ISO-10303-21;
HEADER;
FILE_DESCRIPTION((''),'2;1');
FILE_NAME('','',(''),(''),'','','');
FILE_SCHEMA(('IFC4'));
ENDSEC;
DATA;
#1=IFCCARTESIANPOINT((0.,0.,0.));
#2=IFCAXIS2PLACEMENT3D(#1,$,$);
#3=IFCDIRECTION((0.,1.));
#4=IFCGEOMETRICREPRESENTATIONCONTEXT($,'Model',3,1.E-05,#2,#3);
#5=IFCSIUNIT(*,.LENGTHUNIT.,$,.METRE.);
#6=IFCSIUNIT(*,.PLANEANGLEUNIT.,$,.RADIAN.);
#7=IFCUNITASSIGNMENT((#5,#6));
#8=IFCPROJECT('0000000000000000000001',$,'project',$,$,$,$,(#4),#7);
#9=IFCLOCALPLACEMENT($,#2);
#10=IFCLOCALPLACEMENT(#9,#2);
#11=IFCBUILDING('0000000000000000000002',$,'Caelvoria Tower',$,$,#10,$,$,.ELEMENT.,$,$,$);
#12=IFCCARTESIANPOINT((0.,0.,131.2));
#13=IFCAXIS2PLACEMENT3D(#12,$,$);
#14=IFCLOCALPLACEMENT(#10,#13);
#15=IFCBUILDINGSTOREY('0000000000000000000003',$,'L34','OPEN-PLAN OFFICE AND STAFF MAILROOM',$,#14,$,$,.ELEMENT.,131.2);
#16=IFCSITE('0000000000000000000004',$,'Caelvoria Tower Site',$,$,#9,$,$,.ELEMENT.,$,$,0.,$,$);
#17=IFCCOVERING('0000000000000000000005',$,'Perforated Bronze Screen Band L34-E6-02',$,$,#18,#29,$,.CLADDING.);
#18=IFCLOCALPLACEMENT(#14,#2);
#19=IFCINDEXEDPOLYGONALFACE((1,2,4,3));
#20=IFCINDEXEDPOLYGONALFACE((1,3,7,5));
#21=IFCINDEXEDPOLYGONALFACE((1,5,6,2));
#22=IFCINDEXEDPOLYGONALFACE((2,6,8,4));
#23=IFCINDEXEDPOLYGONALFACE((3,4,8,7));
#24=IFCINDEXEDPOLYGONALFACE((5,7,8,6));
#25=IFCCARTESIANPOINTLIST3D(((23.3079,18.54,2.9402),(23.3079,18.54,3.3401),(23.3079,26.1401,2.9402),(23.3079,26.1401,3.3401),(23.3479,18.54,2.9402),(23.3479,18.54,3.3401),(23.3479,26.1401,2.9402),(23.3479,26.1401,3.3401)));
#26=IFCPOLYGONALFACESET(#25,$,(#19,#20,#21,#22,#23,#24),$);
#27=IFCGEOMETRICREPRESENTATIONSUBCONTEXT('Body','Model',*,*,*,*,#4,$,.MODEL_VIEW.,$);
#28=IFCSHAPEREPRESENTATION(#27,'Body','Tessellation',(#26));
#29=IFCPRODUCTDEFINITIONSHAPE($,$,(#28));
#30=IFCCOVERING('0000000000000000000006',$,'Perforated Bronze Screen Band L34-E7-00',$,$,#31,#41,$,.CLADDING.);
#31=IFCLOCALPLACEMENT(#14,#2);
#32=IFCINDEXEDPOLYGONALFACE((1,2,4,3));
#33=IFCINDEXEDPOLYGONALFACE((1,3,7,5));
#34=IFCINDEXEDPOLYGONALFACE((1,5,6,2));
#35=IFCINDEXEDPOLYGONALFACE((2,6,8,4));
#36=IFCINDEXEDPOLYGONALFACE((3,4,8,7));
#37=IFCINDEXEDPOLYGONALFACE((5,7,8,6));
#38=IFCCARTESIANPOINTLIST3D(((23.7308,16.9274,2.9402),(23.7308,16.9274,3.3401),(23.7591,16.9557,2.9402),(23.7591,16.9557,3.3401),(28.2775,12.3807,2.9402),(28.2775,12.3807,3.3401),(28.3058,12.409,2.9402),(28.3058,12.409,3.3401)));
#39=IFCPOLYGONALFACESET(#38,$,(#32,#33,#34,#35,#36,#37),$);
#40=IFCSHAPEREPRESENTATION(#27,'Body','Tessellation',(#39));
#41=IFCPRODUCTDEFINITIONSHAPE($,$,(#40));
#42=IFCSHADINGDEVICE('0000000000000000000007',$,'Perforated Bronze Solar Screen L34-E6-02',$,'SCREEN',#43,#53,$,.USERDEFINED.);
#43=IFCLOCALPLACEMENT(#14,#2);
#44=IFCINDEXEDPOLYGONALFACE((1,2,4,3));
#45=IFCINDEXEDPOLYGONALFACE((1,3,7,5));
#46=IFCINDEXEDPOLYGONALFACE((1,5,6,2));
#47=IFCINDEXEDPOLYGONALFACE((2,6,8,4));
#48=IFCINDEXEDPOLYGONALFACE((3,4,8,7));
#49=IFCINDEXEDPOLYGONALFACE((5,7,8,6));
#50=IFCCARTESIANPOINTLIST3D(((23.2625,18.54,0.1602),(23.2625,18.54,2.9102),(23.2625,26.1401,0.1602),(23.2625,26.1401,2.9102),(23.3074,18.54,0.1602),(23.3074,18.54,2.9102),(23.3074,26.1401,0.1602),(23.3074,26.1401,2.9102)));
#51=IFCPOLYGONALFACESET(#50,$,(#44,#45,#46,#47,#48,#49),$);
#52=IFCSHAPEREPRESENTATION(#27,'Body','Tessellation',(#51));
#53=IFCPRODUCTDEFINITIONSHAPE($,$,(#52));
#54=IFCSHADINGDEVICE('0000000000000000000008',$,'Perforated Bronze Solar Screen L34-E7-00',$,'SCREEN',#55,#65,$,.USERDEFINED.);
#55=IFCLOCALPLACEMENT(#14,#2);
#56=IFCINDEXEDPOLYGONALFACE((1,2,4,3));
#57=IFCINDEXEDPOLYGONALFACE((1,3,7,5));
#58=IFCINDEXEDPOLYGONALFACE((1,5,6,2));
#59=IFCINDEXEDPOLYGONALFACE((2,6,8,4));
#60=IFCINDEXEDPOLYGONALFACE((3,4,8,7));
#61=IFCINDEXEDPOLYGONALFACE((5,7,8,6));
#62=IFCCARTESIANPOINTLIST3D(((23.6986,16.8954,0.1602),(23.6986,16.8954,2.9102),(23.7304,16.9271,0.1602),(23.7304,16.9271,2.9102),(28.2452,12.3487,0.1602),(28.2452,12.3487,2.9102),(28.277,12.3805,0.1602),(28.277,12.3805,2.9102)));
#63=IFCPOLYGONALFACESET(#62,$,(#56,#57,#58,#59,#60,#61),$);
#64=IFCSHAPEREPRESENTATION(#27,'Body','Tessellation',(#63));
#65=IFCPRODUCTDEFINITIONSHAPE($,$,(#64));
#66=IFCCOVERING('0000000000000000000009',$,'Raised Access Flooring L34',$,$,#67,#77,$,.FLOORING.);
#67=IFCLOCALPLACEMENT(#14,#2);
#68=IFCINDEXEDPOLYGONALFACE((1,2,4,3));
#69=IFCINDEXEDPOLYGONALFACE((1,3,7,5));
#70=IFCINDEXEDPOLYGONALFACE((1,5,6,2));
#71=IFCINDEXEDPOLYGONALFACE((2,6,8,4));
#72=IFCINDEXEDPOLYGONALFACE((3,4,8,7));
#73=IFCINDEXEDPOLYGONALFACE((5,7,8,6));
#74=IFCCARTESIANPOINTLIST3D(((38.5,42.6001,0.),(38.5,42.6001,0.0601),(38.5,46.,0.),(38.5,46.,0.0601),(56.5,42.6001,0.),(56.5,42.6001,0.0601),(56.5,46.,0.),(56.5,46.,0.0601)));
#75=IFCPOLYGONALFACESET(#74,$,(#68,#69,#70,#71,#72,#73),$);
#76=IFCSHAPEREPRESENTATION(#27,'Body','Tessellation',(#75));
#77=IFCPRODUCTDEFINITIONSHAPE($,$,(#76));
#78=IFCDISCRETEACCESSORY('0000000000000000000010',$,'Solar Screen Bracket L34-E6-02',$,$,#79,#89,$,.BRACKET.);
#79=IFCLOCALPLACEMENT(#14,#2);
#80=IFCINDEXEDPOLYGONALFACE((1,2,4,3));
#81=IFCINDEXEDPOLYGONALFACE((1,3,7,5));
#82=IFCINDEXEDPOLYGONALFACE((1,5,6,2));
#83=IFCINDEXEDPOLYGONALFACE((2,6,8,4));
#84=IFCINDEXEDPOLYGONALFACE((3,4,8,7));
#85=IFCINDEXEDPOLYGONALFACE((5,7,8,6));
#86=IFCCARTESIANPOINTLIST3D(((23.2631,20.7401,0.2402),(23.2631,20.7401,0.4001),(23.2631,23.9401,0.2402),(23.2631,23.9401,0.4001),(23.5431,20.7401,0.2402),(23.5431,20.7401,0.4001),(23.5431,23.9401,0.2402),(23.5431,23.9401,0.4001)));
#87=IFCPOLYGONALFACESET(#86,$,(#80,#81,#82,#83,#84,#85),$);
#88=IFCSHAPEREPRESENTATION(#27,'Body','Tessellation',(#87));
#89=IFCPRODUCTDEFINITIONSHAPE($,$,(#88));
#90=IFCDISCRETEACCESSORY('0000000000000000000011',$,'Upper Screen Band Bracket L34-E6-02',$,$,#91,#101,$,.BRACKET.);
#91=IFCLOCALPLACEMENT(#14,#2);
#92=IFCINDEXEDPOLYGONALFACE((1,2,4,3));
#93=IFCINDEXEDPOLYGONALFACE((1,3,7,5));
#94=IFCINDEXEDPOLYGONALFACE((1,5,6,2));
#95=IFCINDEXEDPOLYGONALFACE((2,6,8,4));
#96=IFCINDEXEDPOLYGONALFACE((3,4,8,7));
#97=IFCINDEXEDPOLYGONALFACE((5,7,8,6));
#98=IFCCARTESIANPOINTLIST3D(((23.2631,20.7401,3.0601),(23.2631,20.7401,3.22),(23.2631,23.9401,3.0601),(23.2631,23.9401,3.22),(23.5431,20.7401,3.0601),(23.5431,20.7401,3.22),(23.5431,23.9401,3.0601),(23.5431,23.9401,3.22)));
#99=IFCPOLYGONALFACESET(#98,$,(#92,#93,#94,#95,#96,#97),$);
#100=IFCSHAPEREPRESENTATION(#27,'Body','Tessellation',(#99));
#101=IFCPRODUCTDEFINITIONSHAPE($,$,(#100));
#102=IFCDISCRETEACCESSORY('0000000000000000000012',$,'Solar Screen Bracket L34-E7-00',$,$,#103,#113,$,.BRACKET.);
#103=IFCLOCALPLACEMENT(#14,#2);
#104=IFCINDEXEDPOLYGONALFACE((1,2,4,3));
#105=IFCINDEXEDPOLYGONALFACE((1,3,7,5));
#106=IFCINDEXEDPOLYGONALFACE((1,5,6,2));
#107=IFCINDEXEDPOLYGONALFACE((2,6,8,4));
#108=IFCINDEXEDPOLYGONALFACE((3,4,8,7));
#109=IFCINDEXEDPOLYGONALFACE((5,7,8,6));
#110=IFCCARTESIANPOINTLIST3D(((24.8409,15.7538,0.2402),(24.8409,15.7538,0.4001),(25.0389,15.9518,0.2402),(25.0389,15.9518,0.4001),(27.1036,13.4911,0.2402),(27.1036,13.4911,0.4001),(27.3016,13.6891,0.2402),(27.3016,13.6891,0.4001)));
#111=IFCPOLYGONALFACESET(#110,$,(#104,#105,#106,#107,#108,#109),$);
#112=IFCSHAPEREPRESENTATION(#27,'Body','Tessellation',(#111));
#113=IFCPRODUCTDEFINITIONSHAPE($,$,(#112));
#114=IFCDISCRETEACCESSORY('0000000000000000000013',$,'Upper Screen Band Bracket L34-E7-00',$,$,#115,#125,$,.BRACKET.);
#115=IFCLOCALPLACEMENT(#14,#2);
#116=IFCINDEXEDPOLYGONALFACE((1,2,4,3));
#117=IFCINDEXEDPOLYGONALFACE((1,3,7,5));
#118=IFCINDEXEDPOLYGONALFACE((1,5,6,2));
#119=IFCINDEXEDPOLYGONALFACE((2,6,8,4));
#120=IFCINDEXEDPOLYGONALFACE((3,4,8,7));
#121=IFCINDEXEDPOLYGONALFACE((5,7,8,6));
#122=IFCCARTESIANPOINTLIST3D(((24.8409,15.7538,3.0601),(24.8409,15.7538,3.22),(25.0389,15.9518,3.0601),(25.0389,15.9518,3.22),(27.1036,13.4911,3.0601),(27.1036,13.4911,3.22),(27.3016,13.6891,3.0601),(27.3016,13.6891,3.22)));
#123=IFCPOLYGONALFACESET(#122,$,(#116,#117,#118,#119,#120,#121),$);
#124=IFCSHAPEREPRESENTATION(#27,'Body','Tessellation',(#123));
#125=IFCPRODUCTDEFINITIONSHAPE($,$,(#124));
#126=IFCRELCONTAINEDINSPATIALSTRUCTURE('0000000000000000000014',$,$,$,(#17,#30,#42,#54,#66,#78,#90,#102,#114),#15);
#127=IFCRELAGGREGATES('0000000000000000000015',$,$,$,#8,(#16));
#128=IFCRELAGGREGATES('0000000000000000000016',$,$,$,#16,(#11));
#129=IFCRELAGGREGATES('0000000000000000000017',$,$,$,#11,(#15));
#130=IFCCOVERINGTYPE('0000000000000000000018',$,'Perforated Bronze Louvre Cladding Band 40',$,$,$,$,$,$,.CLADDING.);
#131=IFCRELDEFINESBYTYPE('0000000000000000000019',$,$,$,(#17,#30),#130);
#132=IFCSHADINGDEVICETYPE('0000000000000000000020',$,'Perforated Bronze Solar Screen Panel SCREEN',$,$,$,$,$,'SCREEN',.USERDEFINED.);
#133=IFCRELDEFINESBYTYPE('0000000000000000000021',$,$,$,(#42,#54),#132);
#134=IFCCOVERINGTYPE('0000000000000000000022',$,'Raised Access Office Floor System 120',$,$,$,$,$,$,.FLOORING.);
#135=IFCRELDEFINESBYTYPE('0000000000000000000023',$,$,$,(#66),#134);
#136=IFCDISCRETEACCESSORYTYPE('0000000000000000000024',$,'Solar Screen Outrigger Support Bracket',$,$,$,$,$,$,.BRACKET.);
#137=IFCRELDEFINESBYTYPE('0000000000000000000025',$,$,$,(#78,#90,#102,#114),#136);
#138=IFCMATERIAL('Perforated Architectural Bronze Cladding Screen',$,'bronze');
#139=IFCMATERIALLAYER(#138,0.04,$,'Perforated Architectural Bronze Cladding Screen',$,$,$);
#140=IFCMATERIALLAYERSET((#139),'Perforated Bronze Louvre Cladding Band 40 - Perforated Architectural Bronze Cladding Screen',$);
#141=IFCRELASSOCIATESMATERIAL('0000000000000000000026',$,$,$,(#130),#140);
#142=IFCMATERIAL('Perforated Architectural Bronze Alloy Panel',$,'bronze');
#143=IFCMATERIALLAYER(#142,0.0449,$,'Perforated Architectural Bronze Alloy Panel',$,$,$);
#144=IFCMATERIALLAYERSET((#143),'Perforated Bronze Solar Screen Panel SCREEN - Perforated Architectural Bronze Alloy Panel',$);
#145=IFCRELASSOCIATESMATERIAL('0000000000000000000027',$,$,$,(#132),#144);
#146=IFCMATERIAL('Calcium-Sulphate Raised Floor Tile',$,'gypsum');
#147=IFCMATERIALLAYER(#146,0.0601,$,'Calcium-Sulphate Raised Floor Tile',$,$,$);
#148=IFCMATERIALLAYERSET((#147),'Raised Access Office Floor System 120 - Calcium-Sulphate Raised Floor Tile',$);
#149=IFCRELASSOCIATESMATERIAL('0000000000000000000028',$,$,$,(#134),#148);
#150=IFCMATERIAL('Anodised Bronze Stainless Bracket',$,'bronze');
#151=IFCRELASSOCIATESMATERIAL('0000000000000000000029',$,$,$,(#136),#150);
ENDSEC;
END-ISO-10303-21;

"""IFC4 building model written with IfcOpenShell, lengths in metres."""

from ifc_helpers import new_model, si_unit, direction, frame, origin, origin_2d, place, context, subcontext, project, spatial, polyline, rectangle, outline, extrude, material, layer, layer_set, type_object, element, save


model = new_model("IFC4")

# Units and contexts
model_context = context("Model", 3, precision=1e-05, world=origin(), true_north=direction((0.0, 1.0)))
body_context = subcontext(model_context, "Body", "Model", "MODEL_VIEW")
ifc_project = project(units=[si_unit("LENGTHUNIT", "METRE"), si_unit("PLANEANGLEUNIT", "RADIAN")], contexts=[model_context])

# Site, building, storey
site_placement = place(None, origin())
site = spatial("IfcSite", under=ifc_project, at=site_placement, Name="Caelvoria Tower Site", CompositionType="ELEMENT", RefElevation=0.0)
building_placement = place(site_placement, origin())
building = spatial("IfcBuilding", under=site, at=building_placement, Name="Caelvoria Tower", CompositionType="ELEMENT")
storey_placement = place(building_placement, frame((0.0, 0.0, 131.2)))
storey = spatial("IfcBuildingStorey", under=building, at=storey_placement, Name="L34", Description="OPEN-PLAN OFFICE AND STAFF MAILROOM", CompositionType="ELEMENT", Elevation=131.2)

# Coverings
ifc_material_1 = material(Name="Perforated Architectural Bronze Cladding Screen", Category="bronze")
ifc_layer_1 = layer(ifc_material_1, 0.04, Name="Perforated Architectural Bronze Cladding Screen")
ifc_layer_set_1 = layer_set([ifc_layer_1], Name="Perforated Bronze Louvre Cladding Band 40 - Perforated Architectural Bronze Cladding Screen")
covering_type_1 = type_object("IfcCoveringType", Name="Perforated Bronze Louvre Cladding Band 40", PredefinedType="CLADDING", material=ifc_layer_set_1)
covering_1_placement = place(storey_placement, frame((23.3279, 22.3401, 2.9402), z_axis=(0.0, 0.0, 1.0), x_axis=(0.0, -1.0, 0.0)))
element("IfcCovering", 1, at=covering_1_placement, inside=storey, type_object=covering_type_1, Name="Perforated Bronze Screen Band L34-E6-02", PredefinedType="CLADDING", context=body_context, shape_type="SweptSolid", body=[
    extrude(rectangle(XDim=7.6001, YDim=0.04, at=origin_2d()), origin(), (0.0, 0.0, 1.0), 0.3999),
])
covering_2_placement = place(storey_placement, frame((26.0183, 14.6682, 2.9402), z_axis=(0.0, 0.0, 1.0), x_axis=(0.707107, -0.707107, 0.0)))
element("IfcCovering", 2, at=covering_2_placement, inside=storey, type_object=covering_type_1, Name="Perforated Bronze Screen Band L34-E7-00", PredefinedType="CLADDING", context=body_context, shape_type="SweptSolid", body=[
    extrude(rectangle(XDim=6.4299, YDim=0.04, at=origin_2d()), origin(), (0.0, 0.0, 1.0), 0.3999),
])

# Shading devices
ifc_material_2 = material(Name="Perforated Architectural Bronze Alloy Panel", Category="bronze")
ifc_layer_2 = layer(ifc_material_2, 0.0449, Name="Perforated Architectural Bronze Alloy Panel")
ifc_layer_set_2 = layer_set([ifc_layer_2], Name="Perforated Bronze Solar Screen Panel SCREEN - Perforated Architectural Bronze Alloy Panel")
shading_device_type = type_object("IfcShadingDeviceType", Name="Perforated Bronze Solar Screen Panel SCREEN", ElementType="SCREEN", PredefinedType="USERDEFINED", material=ifc_layer_set_2)
shading_device_1_placement = place(storey_placement, frame((23.2849, 22.3401, 0.1602), z_axis=(0.0, 0.0, 1.0), x_axis=(0.0, -1.0, 0.0)))
element("IfcShadingDevice", 3, at=shading_device_1_placement, inside=storey, type_object=shading_device_type, Name="Perforated Bronze Solar Screen L34-E6-02", ObjectType="SCREEN", PredefinedType="USERDEFINED", context=body_context, shape_type="SweptSolid", body=[
    extrude(rectangle(XDim=7.6001, YDim=0.0449, at=origin_2d()), origin(), (0.0, 0.0, 1.0), 2.75),
])
shading_device_2_placement = place(storey_placement, frame((25.9878, 14.6379, 0.1602), z_axis=(0.0, 0.0, 1.0), x_axis=(0.707107, -0.707107, 0.0)))
element("IfcShadingDevice", 4, at=shading_device_2_placement, inside=storey, type_object=shading_device_type, Name="Perforated Bronze Solar Screen L34-E7-00", ObjectType="SCREEN", PredefinedType="USERDEFINED", context=body_context, shape_type="SweptSolid", body=[
    extrude(rectangle(XDim=6.4299, YDim=0.0449, at=origin_2d()), origin(), (0.0, 0.0, 1.0), 2.75),
])

# Covering
ifc_material_3 = material(Name="Calcium-Sulphate Raised Floor Tile", Category="gypsum")
ifc_layer_3 = layer(ifc_material_3, 0.0601, Name="Calcium-Sulphate Raised Floor Tile")
ifc_layer_set_3 = layer_set([ifc_layer_3], Name="Raised Access Office Floor System 120 - Calcium-Sulphate Raised Floor Tile")
covering_type_2 = type_object("IfcCoveringType", Name="Raised Access Office Floor System 120", PredefinedType="FLOORING", material=ifc_layer_set_3)
covering_3_placement = place(storey_placement, origin())
element("IfcCovering", 5, at=covering_3_placement, inside=storey, type_object=covering_type_2, Name="Raised Access Flooring L34", PredefinedType="FLOORING", context=body_context, shape_type="SweptSolid", body=[
    extrude(outline(polyline([(38.5, 42.6001), (56.5, 42.6001), (56.5, 46.0), (38.5, 46.0), (38.5, 42.6001)])), origin(), (0.0, 0.0, 1.0), 0.0601),
])

# Discrete accessories
ifc_material_4 = material(Name="Anodised Bronze Stainless Bracket", Category="bronze")
discrete_accessory_type = type_object("IfcDiscreteAccessoryType", Name="Solar Screen Outrigger Support Bracket", PredefinedType="BRACKET", material=ifc_material_4)
for number, where, z_axis, x_axis, name in (
    (6, (23.4031, 22.3401, 0.2402), (0.0, 0.0, 1.0), (0.0, -1.0, 0.0), "Solar Screen Bracket L34-E6-02"),
    (7, (23.4031, 22.3401, 3.0601), (0.0, 0.0, 1.0), (0.0, -1.0, 0.0), "Upper Screen Band Bracket L34-E6-02"),
    (8, (26.0713, 14.7214, 0.2402), (0.0, 0.0, 1.0), (0.707107, -0.707107, 0.0), "Solar Screen Bracket L34-E7-00"),
    (9, (26.0713, 14.7214, 3.0601), (0.0, 0.0, 1.0), (0.707107, -0.707107, 0.0), "Upper Screen Band Bracket L34-E7-00"),
):
    element("IfcDiscreteAccessory", number, at=place(storey_placement, frame(where, z_axis=z_axis, x_axis=x_axis)), inside=storey, type_object=discrete_accessory_type, Name=name, PredefinedType="BRACKET", context=body_context, shape_type="SweptSolid", body=[
        extrude(rectangle(XDim=3.2, YDim=0.28, at=origin_2d()), origin(), (0.0, 0.0, 1.0), 0.1599),
    ])

save(model, "model.ifc")
